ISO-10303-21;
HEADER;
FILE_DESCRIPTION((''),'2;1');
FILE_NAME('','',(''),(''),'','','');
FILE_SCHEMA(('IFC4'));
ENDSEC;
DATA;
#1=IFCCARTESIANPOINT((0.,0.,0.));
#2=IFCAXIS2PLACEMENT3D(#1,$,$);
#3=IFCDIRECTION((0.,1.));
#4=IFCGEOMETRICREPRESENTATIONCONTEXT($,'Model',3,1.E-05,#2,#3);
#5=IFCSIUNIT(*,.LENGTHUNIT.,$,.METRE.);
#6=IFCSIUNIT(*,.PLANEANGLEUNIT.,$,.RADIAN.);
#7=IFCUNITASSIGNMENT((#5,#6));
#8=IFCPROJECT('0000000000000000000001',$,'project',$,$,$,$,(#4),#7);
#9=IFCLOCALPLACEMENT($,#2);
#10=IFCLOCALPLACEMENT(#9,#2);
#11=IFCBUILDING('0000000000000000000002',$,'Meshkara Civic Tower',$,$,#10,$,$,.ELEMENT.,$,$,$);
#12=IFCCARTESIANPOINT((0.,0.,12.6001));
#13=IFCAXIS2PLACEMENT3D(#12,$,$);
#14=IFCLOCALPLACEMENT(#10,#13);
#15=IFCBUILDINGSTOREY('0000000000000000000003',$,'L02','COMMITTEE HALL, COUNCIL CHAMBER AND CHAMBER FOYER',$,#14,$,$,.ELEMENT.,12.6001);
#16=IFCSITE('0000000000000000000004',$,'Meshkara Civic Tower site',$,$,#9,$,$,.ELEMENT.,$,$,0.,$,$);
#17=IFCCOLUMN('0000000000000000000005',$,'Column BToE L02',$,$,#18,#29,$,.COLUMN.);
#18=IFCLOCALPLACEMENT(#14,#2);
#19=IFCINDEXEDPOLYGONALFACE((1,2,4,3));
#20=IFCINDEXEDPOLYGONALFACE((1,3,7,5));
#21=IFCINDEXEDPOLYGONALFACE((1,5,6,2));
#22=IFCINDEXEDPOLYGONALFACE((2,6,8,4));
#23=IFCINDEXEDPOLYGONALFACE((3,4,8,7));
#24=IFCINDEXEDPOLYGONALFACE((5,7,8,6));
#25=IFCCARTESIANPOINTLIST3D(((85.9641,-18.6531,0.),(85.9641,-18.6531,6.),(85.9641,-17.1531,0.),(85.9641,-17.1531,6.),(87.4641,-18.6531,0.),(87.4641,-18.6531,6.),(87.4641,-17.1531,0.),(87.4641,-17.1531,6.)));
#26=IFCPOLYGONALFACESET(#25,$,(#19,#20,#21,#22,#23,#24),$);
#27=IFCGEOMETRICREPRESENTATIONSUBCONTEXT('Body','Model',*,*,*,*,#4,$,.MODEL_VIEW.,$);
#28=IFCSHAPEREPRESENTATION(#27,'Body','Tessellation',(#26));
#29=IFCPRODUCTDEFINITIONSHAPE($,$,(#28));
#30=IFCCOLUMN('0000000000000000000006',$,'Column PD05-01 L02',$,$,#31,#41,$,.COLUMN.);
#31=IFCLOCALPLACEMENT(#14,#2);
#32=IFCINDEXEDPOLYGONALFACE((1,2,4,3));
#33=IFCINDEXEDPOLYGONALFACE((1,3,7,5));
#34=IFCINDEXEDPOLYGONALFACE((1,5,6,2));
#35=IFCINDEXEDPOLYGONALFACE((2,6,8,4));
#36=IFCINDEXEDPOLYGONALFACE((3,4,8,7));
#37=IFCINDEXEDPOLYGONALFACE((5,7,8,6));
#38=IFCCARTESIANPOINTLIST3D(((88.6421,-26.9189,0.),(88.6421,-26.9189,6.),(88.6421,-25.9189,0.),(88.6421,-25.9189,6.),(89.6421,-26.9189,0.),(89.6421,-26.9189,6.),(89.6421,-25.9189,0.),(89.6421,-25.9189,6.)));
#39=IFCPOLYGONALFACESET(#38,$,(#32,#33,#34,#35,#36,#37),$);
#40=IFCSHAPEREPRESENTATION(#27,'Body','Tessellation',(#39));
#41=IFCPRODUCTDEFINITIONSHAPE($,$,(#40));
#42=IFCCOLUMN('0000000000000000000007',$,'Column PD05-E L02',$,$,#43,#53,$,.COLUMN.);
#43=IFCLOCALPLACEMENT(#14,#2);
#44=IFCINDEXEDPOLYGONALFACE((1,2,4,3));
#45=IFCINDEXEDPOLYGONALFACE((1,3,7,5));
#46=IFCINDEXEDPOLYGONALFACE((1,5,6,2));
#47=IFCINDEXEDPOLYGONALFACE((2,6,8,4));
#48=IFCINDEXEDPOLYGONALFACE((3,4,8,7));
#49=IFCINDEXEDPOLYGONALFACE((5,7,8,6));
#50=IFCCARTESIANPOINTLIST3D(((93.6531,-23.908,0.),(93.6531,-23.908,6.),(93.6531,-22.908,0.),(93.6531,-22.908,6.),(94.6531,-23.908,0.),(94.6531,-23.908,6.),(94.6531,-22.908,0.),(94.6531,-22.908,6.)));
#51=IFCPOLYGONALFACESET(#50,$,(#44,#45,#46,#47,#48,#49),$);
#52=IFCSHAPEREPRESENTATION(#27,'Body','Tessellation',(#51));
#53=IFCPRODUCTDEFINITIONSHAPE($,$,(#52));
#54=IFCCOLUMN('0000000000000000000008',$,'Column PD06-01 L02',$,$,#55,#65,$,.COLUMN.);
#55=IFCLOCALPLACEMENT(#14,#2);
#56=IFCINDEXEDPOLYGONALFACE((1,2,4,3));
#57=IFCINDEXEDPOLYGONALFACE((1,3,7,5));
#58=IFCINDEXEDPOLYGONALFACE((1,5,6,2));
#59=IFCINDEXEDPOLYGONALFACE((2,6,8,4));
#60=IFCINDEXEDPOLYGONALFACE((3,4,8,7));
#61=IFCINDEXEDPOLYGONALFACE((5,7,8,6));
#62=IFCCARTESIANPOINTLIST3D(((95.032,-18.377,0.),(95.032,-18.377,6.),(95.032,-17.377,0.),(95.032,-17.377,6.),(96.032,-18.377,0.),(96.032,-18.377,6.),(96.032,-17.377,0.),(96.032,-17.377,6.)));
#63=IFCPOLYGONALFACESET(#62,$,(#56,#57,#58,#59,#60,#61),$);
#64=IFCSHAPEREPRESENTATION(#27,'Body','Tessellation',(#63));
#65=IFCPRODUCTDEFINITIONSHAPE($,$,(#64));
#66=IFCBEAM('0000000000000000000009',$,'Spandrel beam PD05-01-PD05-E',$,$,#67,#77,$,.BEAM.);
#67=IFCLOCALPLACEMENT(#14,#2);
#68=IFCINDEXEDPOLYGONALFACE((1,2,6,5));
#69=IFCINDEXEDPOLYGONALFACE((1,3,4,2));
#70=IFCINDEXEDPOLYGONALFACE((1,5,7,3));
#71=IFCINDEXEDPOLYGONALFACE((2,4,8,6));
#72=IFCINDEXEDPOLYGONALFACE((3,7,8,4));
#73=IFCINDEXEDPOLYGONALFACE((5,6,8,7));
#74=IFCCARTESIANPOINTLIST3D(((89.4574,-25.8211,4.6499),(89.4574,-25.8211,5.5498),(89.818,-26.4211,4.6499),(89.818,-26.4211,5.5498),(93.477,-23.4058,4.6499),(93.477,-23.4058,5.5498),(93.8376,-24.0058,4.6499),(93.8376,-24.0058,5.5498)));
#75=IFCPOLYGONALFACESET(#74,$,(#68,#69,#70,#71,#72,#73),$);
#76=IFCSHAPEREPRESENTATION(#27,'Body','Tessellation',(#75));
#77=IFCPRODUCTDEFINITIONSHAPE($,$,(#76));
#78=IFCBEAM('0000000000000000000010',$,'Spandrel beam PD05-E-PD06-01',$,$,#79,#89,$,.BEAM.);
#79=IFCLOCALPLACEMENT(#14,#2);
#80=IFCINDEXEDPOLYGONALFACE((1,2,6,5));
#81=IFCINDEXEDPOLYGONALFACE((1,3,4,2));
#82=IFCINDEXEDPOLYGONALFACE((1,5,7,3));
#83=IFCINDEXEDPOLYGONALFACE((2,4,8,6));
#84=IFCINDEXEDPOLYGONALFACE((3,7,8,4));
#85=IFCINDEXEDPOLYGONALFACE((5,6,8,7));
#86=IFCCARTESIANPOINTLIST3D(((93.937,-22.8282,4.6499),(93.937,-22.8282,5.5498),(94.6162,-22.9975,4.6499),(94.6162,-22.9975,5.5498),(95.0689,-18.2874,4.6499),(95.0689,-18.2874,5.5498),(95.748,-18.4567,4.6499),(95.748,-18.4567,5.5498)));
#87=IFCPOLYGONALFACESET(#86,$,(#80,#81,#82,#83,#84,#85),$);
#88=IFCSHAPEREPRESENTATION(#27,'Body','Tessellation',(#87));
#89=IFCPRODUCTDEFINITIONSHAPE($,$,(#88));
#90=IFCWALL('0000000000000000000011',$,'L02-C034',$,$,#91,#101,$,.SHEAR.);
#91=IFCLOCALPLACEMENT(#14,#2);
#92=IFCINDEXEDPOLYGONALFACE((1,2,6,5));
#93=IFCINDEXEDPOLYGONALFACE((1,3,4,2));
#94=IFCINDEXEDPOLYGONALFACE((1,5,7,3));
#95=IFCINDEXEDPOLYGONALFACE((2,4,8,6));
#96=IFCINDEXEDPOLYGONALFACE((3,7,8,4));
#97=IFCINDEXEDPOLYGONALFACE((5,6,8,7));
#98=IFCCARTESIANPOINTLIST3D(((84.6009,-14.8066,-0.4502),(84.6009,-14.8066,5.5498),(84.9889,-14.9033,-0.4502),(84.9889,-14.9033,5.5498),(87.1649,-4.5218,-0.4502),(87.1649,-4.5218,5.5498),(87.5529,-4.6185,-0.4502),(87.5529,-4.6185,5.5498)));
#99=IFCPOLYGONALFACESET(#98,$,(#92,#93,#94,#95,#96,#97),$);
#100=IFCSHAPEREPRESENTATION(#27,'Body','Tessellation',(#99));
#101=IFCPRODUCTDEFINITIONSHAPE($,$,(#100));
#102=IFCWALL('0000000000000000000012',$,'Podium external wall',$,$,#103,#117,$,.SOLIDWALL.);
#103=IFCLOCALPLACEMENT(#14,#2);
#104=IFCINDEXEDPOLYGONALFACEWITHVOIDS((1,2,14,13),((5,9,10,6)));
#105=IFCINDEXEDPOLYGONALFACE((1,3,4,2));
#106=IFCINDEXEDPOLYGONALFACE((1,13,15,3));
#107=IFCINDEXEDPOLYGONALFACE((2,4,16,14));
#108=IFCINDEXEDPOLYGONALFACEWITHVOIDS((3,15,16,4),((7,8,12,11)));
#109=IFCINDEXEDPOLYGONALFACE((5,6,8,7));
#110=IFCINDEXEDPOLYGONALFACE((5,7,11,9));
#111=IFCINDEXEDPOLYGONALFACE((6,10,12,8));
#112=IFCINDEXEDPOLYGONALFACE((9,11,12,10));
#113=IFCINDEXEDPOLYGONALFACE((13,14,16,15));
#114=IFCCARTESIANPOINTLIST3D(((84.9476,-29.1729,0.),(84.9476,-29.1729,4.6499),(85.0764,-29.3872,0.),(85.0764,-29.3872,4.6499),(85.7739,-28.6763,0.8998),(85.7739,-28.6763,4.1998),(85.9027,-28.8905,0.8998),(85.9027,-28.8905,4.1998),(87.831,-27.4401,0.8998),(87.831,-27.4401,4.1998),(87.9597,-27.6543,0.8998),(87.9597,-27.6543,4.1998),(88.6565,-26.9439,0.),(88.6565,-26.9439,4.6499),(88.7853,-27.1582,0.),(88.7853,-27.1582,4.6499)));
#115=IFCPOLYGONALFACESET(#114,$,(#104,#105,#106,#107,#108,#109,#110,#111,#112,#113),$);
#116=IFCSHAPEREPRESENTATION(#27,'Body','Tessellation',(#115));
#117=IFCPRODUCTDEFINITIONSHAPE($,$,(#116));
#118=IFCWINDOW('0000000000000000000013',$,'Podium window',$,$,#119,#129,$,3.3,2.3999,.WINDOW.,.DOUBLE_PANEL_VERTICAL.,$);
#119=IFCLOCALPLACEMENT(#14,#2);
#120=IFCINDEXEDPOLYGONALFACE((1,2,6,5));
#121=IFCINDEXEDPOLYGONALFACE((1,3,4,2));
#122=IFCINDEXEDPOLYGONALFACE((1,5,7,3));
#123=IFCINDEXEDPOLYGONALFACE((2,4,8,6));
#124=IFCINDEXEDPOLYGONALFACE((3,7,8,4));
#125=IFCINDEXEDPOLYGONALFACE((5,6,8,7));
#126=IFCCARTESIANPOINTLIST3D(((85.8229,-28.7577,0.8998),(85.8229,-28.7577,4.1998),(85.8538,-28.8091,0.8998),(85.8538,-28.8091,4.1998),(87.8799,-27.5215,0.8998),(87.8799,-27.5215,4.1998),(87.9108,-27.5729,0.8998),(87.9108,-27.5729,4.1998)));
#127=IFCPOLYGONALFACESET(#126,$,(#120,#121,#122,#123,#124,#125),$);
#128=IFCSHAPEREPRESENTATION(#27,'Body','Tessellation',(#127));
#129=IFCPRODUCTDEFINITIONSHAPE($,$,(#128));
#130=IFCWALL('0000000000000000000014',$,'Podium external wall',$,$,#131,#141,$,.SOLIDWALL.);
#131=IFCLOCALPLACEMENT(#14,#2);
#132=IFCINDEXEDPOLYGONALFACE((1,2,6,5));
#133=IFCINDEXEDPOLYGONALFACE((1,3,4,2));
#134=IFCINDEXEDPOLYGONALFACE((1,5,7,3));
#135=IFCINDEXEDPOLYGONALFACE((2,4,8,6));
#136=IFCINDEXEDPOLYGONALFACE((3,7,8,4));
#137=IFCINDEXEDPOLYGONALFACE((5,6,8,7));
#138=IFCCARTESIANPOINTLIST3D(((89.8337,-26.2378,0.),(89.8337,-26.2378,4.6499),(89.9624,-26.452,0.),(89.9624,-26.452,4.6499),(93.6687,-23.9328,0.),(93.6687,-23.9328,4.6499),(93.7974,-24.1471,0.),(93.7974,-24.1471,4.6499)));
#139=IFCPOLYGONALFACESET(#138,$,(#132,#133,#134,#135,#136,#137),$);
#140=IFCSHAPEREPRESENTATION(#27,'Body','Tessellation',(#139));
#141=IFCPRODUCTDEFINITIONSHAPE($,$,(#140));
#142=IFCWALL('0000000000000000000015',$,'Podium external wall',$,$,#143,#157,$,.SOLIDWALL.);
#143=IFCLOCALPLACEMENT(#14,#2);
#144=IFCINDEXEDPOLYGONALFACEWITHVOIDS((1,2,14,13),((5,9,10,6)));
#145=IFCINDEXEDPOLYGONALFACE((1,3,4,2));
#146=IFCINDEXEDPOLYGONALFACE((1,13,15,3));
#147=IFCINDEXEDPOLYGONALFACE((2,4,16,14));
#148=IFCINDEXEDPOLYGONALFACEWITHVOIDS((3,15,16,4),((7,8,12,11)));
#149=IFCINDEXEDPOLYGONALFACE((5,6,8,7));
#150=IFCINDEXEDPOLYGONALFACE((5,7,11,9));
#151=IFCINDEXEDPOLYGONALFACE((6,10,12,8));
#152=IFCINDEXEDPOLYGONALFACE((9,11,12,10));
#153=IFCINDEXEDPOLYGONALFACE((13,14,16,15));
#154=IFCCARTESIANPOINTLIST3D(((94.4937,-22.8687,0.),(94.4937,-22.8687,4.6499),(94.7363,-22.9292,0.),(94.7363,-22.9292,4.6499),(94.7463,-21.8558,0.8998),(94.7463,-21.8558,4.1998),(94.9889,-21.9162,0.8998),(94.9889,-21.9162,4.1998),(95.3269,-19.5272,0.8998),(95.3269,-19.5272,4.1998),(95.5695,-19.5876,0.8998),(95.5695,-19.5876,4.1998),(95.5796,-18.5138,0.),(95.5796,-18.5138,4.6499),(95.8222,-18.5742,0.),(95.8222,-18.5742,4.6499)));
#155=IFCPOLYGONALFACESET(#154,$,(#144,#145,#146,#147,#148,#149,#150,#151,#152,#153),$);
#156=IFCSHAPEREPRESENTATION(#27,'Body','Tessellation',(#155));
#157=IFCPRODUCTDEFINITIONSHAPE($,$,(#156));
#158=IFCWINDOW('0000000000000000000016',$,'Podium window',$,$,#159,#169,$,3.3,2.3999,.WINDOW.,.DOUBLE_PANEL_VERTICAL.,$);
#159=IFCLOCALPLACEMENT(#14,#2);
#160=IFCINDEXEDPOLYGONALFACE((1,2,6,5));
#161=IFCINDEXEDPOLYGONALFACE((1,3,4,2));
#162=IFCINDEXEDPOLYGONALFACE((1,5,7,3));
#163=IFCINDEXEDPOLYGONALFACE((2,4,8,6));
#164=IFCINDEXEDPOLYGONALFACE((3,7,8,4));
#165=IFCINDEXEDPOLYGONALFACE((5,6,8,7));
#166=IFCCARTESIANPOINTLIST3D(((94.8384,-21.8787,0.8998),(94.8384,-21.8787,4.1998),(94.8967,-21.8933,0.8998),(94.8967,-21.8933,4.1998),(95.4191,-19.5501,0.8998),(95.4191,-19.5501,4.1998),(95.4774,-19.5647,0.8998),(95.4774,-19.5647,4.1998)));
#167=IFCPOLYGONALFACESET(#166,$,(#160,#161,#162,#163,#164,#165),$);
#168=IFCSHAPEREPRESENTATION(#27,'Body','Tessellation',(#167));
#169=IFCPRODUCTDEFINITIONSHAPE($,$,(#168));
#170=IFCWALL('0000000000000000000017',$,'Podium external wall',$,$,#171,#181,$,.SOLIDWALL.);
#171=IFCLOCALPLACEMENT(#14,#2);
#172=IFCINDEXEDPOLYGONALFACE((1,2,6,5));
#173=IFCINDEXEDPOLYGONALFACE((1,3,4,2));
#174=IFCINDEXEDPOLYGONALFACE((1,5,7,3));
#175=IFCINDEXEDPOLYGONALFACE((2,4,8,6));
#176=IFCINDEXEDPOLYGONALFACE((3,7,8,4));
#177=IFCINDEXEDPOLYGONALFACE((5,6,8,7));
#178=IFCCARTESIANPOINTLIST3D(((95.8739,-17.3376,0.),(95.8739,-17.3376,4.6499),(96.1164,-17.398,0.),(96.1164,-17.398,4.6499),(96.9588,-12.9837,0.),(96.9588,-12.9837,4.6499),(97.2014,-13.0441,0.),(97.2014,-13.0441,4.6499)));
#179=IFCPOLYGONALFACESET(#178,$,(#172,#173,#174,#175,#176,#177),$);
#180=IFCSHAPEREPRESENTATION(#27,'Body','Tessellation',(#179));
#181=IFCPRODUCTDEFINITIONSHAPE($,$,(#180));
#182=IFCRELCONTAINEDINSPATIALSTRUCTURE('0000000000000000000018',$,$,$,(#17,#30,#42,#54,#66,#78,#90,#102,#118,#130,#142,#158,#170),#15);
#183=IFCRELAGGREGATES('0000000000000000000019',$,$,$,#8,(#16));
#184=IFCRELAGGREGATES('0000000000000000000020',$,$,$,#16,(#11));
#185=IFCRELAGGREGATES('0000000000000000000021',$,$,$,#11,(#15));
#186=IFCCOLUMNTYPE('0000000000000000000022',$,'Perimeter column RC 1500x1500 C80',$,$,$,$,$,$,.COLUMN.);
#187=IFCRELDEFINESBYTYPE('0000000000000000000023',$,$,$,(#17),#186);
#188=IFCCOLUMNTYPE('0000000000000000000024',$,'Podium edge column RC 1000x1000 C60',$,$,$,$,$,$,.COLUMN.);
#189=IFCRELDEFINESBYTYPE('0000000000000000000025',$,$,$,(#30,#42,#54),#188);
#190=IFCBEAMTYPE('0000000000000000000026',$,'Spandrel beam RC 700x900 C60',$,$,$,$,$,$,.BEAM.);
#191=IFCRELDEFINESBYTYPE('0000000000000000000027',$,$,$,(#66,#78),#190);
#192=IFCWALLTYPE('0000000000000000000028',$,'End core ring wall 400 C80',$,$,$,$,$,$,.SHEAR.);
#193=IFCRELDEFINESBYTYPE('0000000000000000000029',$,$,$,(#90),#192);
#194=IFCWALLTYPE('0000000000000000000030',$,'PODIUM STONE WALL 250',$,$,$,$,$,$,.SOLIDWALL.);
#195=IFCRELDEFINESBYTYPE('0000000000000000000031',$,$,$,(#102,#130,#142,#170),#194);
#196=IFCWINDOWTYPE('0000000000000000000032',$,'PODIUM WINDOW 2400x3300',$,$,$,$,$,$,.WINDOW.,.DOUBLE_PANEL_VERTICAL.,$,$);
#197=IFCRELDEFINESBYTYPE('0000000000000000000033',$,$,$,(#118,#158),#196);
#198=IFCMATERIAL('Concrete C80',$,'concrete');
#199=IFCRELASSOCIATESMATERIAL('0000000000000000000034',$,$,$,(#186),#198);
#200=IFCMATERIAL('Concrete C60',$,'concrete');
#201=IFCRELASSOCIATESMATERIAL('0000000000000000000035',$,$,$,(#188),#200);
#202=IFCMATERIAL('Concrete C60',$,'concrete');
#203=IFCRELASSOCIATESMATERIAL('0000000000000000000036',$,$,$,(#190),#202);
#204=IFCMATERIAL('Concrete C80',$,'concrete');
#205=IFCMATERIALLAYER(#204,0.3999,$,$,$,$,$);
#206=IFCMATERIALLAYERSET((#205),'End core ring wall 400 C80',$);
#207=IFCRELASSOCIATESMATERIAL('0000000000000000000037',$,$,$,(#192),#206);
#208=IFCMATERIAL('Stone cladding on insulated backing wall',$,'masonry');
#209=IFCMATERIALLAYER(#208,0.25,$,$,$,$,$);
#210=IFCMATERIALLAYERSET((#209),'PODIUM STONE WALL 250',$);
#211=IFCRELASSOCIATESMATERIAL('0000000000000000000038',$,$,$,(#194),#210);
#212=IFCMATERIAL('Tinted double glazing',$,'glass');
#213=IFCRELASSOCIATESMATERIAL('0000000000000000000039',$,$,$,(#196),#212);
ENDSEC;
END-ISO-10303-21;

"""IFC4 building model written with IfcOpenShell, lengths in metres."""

from ifc_helpers import new_model, si_unit, direction, frame, frame_2d, origin, origin_2d, place, context, subcontext, project, spatial, rectangle, extrude, material, layer, layer_set, material_profile, profile_set, type_object, element, fill, save


model = new_model("IFC4")

# Units and contexts
model_context = context("Model", 3, precision=1e-05, world=origin(), true_north=direction((0.0, 1.0)))
body_context = subcontext(model_context, "Body", "Model", "MODEL_VIEW")
ifc_project = project(units=[si_unit("LENGTHUNIT", "METRE"), si_unit("PLANEANGLEUNIT", "RADIAN")], contexts=[model_context])

# Site, building, storey
site_placement = place(None, origin())
site = spatial("IfcSite", under=ifc_project, at=site_placement, Name="Meshkara Civic Tower site", CompositionType="ELEMENT", RefElevation=0.0)
building_placement = place(site_placement, origin())
building = spatial("IfcBuilding", under=site, at=building_placement, Name="Meshkara Civic Tower", CompositionType="ELEMENT")
storey_placement = place(building_placement, frame((0.0, 0.0, 12.6001)))
storey = spatial("IfcBuildingStorey", under=building, at=storey_placement, Name="L02", Description="COMMITTEE HALL, COUNCIL CHAMBER AND CHAMBER FOYER", CompositionType="ELEMENT", Elevation=12.6001)

# Columns
ifc_material_1 = material(Name="Concrete C80", Category="concrete")
ifc_material_profile_1 = material_profile(ifc_material_1, rectangle(XDim=1.5, YDim=1.5, at=origin_2d()))
ifc_profile_set_1 = profile_set([ifc_material_profile_1], Name="Concrete C80")
column_type_1 = type_object("IfcColumnType", Name="Perimeter column RC 1500x1500 C80", PredefinedType="COLUMN", material=ifc_profile_set_1)
column_placement = place(storey_placement, frame((86.7141, -17.9031, 0.0), z_axis=(0.0, 0.0, 1.0), x_axis=(1.0, 0.0, 0.0)))
element("IfcColumn", 1, at=column_placement, inside=storey, type_object=column_type_1, Name="Column BToE L02", PredefinedType="COLUMN", context=body_context, shape_type="SweptSolid", body=[
    extrude(rectangle(XDim=1.5, YDim=1.5, at=origin_2d()), origin(), (0.0, 0.0, 1.0), 6.0),
])
ifc_material_2 = material(Name="Concrete C60", Category="concrete")
ifc_material_profile_2 = material_profile(ifc_material_2, rectangle(XDim=1.0, YDim=1.0, at=origin_2d()))
ifc_profile_set_2 = profile_set([ifc_material_profile_2], Name="Concrete C60")
column_type_2 = type_object("IfcColumnType", Name="Podium edge column RC 1000x1000 C60", PredefinedType="COLUMN", material=ifc_profile_set_2)
for number, where, z_axis, x_axis, name in (
    (2, (89.1421, -26.4189, 0.0), (0.0, 0.0, 1.0), (1.0, 0.0, 0.0), "Column PD05-01 L02"),
    (3, (94.1531, -23.408, 0.0), (0.0, 0.0, 1.0), (1.0, 0.0, 0.0), "Column PD05-E L02"),
    (4, (95.532, -17.877, 0.0), (0.0, 0.0, 1.0), (1.0, 0.0, 0.0), "Column PD06-01 L02"),
):
    element("IfcColumn", number, at=place(storey_placement, frame(where, z_axis=z_axis, x_axis=x_axis)), inside=storey, type_object=column_type_2, Name=name, PredefinedType="COLUMN", context=body_context, shape_type="SweptSolid", body=[
        extrude(rectangle(XDim=1.0, YDim=1.0, at=origin_2d()), origin(), (0.0, 0.0, 1.0), 6.0),
    ])

# Beams
ifc_material_3 = material(Name="Concrete C60", Category="concrete")
ifc_material_profile_3 = material_profile(ifc_material_3, rectangle(XDim=0.7, YDim=0.8999, at=origin_2d()))
ifc_profile_set_3 = profile_set([ifc_material_profile_3], Name="Concrete C60")
beam_type = type_object("IfcBeamType", Name="Spandrel beam RC 700x900 C60", PredefinedType="BEAM", material=ifc_profile_set_3)
beam_1_placement = place(storey_placement, frame((89.6377, -26.1211, 5.0999), z_axis=(0.857157, 0.515055, 0.0), x_axis=(-0.515055, 0.857157, 0.0)))
element("IfcBeam", 5, at=beam_1_placement, inside=storey, type_object=beam_type, Name="Spandrel beam PD05-01-PD05-E", PredefinedType="BEAM", context=body_context, shape_type="SweptSolid", body=[
    extrude(rectangle(XDim=0.7, YDim=0.8999, at=origin_2d()), origin(), (0.0, 0.0, 1.0), 4.6895),
])
beam_2_placement = place(storey_placement, frame((94.2766, -22.9128, 5.0999), z_axis=(0.24186, 0.970311, 0.0), x_axis=(-0.970311, 0.24186, 0.0)))
element("IfcBeam", 6, at=beam_2_placement, inside=storey, type_object=beam_type, Name="Spandrel beam PD05-E-PD06-01", PredefinedType="BEAM", context=body_context, shape_type="SweptSolid", body=[
    extrude(rectangle(XDim=0.7, YDim=0.8999, at=origin_2d()), origin(), (0.0, 0.0, 1.0), 4.6797),
])

# Wall
ifc_material_4 = material(Name="Concrete C80", Category="concrete")
ifc_layer_1 = layer(ifc_material_4, 0.3999)
ifc_layer_set_1 = layer_set([ifc_layer_1], Name="End core ring wall 400 C80")
wall_type_1 = type_object("IfcWallType", Name="End core ring wall 400 C80", PredefinedType="SHEAR", material=ifc_layer_set_1)
wall_1_placement = place(storey_placement, frame((84.7949, -14.855, -0.4502), z_axis=(0.0, 0.0, 1.0), x_axis=(0.241891, 0.970304, 0.0)))
element("IfcWall", 7, at=wall_1_placement, inside=storey, type_object=wall_type_1, Name="L02-C034", PredefinedType="SHEAR", context=body_context, shape_type="SweptSolid", body=[
    extrude(rectangle(XDim=10.5996, YDim=0.3999, at=frame_2d((5.2998, 0.0))), origin(), (0.0, 0.0, 1.0), 6.0),
])

# Wall, opening, window
ifc_material_5 = material(Name="Stone cladding on insulated backing wall", Category="masonry")
ifc_layer_2 = layer(ifc_material_5, 0.25)
ifc_layer_set_2 = layer_set([ifc_layer_2], Name="PODIUM STONE WALL 250")
wall_type_2 = type_object("IfcWallType", Name="PODIUM STONE WALL 250", PredefinedType="SOLIDWALL", material=ifc_layer_set_2)
wall_2_placement = place(storey_placement, frame((85.012, -29.28, 0.0), z_axis=(0.0, 0.0, 1.0), x_axis=(0.857124, 0.51511, 0.0)))
wall_2 = element("IfcWall", 8, at=wall_2_placement, inside=storey, type_object=wall_type_2, Name="Podium external wall", PredefinedType="SOLIDWALL", context=body_context, shape_type="SweptSolid", body=[
    extrude(rectangle(XDim=4.3271, YDim=0.25, at=frame_2d((2.1636, 0.0))), origin(), (0.0, 0.0, 1.0), 4.6499),
])
opening_1_placement = place(wall_2_placement, frame((0.9641, 0.0, 0.8999)))
opening_1 = element("IfcOpeningElement", 9, at=opening_1_placement, cuts=wall_2, PredefinedType="OPENING", context=body_context, shape_type="SweptSolid", body=[
    extrude(rectangle(XDim=2.3999, YDim=3.3, at=frame_2d((1.2, 1.6499))), frame((0.0, 0.135, 0.0), z_axis=(0.0, -1.0, 0.0), x_axis=(1.0, 0.0, 0.0)), (0.0, 0.0, 1.0), 0.27),
])
ifc_material_6 = material(Name="Tinted double glazing", Category="glass")
window_type = type_object("IfcWindowType", Name="PODIUM WINDOW 2400x3300", PartitioningType="DOUBLE_PANEL_VERTICAL", PredefinedType="WINDOW", material=ifc_material_6)
window_1_placement = place(opening_1_placement, origin())
window_1 = element("IfcWindow", 10, at=window_1_placement, inside=storey, type_object=window_type, Name="Podium window", OverallHeight=3.3, OverallWidth=2.3999, PartitioningType="DOUBLE_PANEL_VERTICAL", PredefinedType="WINDOW", context=body_context, shape_type="SweptSolid", body=[
    extrude(rectangle(XDim=2.3999, YDim=3.3, at=frame_2d((1.2, 1.6499))), frame((0.0, 0.03, 0.0), z_axis=(0.0, -1.0, 0.0), x_axis=(1.0, 0.0, 0.0)), (0.0, 0.0, 1.0), 0.0601),
])
fill(opening_1, window_1)

# Wall
wall_3_placement = place(storey_placement, frame((89.8979, -26.345, 0.0), z_axis=(0.0, 0.0, 1.0), x_axis=(0.857103, 0.515146, 0.0)))
element("IfcWall", 11, at=wall_3_placement, inside=storey, type_object=wall_type_2, Name="Podium external wall", PredefinedType="SOLIDWALL", context=body_context, shape_type="SweptSolid", body=[
    extrude(rectangle(XDim=4.4744, YDim=0.25, at=frame_2d((2.2373, 0.0))), origin(), (0.0, 0.0, 1.0), 4.6499),
])

# Wall, opening, window
wall_4_placement = place(storey_placement, frame((94.615, -22.8989, 0.0), z_axis=(0.0, 0.0, 1.0), x_axis=(0.241947, 0.97029, 0.0)))
wall_4 = element("IfcWall", 12, at=wall_4_placement, inside=storey, type_object=wall_type_2, Name="Podium external wall", PredefinedType="SOLIDWALL", context=body_context, shape_type="SweptSolid", body=[
    extrude(rectangle(XDim=4.4883, YDim=0.25, at=frame_2d((2.2441, 0.0))), origin(), (0.0, 0.0, 1.0), 4.6499),
])
opening_2_placement = place(wall_4_placement, frame((1.0439, 0.0, 0.8999)))
opening_2 = element("IfcOpeningElement", 13, at=opening_2_placement, cuts=wall_4, PredefinedType="OPENING", context=body_context, shape_type="SweptSolid", body=[
    extrude(rectangle(XDim=2.3999, YDim=3.3, at=frame_2d((1.2, 1.6499))), frame((0.0, 0.135, 0.0), z_axis=(0.0, -1.0, 0.0), x_axis=(1.0, 0.0, 0.0)), (0.0, 0.0, 1.0), 0.27),
])
window_2_placement = place(opening_2_placement, origin())
window_2 = element("IfcWindow", 14, at=window_2_placement, inside=storey, type_object=window_type, Name="Podium window", OverallHeight=3.3, OverallWidth=2.3999, PartitioningType="DOUBLE_PANEL_VERTICAL", PredefinedType="WINDOW", context=body_context, shape_type="SweptSolid", body=[
    extrude(rectangle(XDim=2.3999, YDim=3.3, at=frame_2d((1.2, 1.6499))), frame((0.0, 0.03, 0.0), z_axis=(0.0, -1.0, 0.0), x_axis=(1.0, 0.0, 0.0)), (0.0, 0.0, 1.0), 0.0601),
])
fill(opening_2, window_2)

# Wall
wall_5_placement = place(storey_placement, frame((95.9951, -17.3679, 0.0), z_axis=(0.0, 0.0, 1.0), x_axis=(0.241793, 0.970328, 0.0)))
element("IfcWall", 15, at=wall_5_placement, inside=storey, type_object=wall_type_2, Name="Podium external wall", PredefinedType="SOLIDWALL", context=body_context, shape_type="SweptSolid", body=[
    extrude(rectangle(XDim=4.4871, YDim=0.25, at=frame_2d((2.2437, 0.0))), origin(), (0.0, 0.0, 1.0), 4.6499),
])

save(model, "model.ifc")
